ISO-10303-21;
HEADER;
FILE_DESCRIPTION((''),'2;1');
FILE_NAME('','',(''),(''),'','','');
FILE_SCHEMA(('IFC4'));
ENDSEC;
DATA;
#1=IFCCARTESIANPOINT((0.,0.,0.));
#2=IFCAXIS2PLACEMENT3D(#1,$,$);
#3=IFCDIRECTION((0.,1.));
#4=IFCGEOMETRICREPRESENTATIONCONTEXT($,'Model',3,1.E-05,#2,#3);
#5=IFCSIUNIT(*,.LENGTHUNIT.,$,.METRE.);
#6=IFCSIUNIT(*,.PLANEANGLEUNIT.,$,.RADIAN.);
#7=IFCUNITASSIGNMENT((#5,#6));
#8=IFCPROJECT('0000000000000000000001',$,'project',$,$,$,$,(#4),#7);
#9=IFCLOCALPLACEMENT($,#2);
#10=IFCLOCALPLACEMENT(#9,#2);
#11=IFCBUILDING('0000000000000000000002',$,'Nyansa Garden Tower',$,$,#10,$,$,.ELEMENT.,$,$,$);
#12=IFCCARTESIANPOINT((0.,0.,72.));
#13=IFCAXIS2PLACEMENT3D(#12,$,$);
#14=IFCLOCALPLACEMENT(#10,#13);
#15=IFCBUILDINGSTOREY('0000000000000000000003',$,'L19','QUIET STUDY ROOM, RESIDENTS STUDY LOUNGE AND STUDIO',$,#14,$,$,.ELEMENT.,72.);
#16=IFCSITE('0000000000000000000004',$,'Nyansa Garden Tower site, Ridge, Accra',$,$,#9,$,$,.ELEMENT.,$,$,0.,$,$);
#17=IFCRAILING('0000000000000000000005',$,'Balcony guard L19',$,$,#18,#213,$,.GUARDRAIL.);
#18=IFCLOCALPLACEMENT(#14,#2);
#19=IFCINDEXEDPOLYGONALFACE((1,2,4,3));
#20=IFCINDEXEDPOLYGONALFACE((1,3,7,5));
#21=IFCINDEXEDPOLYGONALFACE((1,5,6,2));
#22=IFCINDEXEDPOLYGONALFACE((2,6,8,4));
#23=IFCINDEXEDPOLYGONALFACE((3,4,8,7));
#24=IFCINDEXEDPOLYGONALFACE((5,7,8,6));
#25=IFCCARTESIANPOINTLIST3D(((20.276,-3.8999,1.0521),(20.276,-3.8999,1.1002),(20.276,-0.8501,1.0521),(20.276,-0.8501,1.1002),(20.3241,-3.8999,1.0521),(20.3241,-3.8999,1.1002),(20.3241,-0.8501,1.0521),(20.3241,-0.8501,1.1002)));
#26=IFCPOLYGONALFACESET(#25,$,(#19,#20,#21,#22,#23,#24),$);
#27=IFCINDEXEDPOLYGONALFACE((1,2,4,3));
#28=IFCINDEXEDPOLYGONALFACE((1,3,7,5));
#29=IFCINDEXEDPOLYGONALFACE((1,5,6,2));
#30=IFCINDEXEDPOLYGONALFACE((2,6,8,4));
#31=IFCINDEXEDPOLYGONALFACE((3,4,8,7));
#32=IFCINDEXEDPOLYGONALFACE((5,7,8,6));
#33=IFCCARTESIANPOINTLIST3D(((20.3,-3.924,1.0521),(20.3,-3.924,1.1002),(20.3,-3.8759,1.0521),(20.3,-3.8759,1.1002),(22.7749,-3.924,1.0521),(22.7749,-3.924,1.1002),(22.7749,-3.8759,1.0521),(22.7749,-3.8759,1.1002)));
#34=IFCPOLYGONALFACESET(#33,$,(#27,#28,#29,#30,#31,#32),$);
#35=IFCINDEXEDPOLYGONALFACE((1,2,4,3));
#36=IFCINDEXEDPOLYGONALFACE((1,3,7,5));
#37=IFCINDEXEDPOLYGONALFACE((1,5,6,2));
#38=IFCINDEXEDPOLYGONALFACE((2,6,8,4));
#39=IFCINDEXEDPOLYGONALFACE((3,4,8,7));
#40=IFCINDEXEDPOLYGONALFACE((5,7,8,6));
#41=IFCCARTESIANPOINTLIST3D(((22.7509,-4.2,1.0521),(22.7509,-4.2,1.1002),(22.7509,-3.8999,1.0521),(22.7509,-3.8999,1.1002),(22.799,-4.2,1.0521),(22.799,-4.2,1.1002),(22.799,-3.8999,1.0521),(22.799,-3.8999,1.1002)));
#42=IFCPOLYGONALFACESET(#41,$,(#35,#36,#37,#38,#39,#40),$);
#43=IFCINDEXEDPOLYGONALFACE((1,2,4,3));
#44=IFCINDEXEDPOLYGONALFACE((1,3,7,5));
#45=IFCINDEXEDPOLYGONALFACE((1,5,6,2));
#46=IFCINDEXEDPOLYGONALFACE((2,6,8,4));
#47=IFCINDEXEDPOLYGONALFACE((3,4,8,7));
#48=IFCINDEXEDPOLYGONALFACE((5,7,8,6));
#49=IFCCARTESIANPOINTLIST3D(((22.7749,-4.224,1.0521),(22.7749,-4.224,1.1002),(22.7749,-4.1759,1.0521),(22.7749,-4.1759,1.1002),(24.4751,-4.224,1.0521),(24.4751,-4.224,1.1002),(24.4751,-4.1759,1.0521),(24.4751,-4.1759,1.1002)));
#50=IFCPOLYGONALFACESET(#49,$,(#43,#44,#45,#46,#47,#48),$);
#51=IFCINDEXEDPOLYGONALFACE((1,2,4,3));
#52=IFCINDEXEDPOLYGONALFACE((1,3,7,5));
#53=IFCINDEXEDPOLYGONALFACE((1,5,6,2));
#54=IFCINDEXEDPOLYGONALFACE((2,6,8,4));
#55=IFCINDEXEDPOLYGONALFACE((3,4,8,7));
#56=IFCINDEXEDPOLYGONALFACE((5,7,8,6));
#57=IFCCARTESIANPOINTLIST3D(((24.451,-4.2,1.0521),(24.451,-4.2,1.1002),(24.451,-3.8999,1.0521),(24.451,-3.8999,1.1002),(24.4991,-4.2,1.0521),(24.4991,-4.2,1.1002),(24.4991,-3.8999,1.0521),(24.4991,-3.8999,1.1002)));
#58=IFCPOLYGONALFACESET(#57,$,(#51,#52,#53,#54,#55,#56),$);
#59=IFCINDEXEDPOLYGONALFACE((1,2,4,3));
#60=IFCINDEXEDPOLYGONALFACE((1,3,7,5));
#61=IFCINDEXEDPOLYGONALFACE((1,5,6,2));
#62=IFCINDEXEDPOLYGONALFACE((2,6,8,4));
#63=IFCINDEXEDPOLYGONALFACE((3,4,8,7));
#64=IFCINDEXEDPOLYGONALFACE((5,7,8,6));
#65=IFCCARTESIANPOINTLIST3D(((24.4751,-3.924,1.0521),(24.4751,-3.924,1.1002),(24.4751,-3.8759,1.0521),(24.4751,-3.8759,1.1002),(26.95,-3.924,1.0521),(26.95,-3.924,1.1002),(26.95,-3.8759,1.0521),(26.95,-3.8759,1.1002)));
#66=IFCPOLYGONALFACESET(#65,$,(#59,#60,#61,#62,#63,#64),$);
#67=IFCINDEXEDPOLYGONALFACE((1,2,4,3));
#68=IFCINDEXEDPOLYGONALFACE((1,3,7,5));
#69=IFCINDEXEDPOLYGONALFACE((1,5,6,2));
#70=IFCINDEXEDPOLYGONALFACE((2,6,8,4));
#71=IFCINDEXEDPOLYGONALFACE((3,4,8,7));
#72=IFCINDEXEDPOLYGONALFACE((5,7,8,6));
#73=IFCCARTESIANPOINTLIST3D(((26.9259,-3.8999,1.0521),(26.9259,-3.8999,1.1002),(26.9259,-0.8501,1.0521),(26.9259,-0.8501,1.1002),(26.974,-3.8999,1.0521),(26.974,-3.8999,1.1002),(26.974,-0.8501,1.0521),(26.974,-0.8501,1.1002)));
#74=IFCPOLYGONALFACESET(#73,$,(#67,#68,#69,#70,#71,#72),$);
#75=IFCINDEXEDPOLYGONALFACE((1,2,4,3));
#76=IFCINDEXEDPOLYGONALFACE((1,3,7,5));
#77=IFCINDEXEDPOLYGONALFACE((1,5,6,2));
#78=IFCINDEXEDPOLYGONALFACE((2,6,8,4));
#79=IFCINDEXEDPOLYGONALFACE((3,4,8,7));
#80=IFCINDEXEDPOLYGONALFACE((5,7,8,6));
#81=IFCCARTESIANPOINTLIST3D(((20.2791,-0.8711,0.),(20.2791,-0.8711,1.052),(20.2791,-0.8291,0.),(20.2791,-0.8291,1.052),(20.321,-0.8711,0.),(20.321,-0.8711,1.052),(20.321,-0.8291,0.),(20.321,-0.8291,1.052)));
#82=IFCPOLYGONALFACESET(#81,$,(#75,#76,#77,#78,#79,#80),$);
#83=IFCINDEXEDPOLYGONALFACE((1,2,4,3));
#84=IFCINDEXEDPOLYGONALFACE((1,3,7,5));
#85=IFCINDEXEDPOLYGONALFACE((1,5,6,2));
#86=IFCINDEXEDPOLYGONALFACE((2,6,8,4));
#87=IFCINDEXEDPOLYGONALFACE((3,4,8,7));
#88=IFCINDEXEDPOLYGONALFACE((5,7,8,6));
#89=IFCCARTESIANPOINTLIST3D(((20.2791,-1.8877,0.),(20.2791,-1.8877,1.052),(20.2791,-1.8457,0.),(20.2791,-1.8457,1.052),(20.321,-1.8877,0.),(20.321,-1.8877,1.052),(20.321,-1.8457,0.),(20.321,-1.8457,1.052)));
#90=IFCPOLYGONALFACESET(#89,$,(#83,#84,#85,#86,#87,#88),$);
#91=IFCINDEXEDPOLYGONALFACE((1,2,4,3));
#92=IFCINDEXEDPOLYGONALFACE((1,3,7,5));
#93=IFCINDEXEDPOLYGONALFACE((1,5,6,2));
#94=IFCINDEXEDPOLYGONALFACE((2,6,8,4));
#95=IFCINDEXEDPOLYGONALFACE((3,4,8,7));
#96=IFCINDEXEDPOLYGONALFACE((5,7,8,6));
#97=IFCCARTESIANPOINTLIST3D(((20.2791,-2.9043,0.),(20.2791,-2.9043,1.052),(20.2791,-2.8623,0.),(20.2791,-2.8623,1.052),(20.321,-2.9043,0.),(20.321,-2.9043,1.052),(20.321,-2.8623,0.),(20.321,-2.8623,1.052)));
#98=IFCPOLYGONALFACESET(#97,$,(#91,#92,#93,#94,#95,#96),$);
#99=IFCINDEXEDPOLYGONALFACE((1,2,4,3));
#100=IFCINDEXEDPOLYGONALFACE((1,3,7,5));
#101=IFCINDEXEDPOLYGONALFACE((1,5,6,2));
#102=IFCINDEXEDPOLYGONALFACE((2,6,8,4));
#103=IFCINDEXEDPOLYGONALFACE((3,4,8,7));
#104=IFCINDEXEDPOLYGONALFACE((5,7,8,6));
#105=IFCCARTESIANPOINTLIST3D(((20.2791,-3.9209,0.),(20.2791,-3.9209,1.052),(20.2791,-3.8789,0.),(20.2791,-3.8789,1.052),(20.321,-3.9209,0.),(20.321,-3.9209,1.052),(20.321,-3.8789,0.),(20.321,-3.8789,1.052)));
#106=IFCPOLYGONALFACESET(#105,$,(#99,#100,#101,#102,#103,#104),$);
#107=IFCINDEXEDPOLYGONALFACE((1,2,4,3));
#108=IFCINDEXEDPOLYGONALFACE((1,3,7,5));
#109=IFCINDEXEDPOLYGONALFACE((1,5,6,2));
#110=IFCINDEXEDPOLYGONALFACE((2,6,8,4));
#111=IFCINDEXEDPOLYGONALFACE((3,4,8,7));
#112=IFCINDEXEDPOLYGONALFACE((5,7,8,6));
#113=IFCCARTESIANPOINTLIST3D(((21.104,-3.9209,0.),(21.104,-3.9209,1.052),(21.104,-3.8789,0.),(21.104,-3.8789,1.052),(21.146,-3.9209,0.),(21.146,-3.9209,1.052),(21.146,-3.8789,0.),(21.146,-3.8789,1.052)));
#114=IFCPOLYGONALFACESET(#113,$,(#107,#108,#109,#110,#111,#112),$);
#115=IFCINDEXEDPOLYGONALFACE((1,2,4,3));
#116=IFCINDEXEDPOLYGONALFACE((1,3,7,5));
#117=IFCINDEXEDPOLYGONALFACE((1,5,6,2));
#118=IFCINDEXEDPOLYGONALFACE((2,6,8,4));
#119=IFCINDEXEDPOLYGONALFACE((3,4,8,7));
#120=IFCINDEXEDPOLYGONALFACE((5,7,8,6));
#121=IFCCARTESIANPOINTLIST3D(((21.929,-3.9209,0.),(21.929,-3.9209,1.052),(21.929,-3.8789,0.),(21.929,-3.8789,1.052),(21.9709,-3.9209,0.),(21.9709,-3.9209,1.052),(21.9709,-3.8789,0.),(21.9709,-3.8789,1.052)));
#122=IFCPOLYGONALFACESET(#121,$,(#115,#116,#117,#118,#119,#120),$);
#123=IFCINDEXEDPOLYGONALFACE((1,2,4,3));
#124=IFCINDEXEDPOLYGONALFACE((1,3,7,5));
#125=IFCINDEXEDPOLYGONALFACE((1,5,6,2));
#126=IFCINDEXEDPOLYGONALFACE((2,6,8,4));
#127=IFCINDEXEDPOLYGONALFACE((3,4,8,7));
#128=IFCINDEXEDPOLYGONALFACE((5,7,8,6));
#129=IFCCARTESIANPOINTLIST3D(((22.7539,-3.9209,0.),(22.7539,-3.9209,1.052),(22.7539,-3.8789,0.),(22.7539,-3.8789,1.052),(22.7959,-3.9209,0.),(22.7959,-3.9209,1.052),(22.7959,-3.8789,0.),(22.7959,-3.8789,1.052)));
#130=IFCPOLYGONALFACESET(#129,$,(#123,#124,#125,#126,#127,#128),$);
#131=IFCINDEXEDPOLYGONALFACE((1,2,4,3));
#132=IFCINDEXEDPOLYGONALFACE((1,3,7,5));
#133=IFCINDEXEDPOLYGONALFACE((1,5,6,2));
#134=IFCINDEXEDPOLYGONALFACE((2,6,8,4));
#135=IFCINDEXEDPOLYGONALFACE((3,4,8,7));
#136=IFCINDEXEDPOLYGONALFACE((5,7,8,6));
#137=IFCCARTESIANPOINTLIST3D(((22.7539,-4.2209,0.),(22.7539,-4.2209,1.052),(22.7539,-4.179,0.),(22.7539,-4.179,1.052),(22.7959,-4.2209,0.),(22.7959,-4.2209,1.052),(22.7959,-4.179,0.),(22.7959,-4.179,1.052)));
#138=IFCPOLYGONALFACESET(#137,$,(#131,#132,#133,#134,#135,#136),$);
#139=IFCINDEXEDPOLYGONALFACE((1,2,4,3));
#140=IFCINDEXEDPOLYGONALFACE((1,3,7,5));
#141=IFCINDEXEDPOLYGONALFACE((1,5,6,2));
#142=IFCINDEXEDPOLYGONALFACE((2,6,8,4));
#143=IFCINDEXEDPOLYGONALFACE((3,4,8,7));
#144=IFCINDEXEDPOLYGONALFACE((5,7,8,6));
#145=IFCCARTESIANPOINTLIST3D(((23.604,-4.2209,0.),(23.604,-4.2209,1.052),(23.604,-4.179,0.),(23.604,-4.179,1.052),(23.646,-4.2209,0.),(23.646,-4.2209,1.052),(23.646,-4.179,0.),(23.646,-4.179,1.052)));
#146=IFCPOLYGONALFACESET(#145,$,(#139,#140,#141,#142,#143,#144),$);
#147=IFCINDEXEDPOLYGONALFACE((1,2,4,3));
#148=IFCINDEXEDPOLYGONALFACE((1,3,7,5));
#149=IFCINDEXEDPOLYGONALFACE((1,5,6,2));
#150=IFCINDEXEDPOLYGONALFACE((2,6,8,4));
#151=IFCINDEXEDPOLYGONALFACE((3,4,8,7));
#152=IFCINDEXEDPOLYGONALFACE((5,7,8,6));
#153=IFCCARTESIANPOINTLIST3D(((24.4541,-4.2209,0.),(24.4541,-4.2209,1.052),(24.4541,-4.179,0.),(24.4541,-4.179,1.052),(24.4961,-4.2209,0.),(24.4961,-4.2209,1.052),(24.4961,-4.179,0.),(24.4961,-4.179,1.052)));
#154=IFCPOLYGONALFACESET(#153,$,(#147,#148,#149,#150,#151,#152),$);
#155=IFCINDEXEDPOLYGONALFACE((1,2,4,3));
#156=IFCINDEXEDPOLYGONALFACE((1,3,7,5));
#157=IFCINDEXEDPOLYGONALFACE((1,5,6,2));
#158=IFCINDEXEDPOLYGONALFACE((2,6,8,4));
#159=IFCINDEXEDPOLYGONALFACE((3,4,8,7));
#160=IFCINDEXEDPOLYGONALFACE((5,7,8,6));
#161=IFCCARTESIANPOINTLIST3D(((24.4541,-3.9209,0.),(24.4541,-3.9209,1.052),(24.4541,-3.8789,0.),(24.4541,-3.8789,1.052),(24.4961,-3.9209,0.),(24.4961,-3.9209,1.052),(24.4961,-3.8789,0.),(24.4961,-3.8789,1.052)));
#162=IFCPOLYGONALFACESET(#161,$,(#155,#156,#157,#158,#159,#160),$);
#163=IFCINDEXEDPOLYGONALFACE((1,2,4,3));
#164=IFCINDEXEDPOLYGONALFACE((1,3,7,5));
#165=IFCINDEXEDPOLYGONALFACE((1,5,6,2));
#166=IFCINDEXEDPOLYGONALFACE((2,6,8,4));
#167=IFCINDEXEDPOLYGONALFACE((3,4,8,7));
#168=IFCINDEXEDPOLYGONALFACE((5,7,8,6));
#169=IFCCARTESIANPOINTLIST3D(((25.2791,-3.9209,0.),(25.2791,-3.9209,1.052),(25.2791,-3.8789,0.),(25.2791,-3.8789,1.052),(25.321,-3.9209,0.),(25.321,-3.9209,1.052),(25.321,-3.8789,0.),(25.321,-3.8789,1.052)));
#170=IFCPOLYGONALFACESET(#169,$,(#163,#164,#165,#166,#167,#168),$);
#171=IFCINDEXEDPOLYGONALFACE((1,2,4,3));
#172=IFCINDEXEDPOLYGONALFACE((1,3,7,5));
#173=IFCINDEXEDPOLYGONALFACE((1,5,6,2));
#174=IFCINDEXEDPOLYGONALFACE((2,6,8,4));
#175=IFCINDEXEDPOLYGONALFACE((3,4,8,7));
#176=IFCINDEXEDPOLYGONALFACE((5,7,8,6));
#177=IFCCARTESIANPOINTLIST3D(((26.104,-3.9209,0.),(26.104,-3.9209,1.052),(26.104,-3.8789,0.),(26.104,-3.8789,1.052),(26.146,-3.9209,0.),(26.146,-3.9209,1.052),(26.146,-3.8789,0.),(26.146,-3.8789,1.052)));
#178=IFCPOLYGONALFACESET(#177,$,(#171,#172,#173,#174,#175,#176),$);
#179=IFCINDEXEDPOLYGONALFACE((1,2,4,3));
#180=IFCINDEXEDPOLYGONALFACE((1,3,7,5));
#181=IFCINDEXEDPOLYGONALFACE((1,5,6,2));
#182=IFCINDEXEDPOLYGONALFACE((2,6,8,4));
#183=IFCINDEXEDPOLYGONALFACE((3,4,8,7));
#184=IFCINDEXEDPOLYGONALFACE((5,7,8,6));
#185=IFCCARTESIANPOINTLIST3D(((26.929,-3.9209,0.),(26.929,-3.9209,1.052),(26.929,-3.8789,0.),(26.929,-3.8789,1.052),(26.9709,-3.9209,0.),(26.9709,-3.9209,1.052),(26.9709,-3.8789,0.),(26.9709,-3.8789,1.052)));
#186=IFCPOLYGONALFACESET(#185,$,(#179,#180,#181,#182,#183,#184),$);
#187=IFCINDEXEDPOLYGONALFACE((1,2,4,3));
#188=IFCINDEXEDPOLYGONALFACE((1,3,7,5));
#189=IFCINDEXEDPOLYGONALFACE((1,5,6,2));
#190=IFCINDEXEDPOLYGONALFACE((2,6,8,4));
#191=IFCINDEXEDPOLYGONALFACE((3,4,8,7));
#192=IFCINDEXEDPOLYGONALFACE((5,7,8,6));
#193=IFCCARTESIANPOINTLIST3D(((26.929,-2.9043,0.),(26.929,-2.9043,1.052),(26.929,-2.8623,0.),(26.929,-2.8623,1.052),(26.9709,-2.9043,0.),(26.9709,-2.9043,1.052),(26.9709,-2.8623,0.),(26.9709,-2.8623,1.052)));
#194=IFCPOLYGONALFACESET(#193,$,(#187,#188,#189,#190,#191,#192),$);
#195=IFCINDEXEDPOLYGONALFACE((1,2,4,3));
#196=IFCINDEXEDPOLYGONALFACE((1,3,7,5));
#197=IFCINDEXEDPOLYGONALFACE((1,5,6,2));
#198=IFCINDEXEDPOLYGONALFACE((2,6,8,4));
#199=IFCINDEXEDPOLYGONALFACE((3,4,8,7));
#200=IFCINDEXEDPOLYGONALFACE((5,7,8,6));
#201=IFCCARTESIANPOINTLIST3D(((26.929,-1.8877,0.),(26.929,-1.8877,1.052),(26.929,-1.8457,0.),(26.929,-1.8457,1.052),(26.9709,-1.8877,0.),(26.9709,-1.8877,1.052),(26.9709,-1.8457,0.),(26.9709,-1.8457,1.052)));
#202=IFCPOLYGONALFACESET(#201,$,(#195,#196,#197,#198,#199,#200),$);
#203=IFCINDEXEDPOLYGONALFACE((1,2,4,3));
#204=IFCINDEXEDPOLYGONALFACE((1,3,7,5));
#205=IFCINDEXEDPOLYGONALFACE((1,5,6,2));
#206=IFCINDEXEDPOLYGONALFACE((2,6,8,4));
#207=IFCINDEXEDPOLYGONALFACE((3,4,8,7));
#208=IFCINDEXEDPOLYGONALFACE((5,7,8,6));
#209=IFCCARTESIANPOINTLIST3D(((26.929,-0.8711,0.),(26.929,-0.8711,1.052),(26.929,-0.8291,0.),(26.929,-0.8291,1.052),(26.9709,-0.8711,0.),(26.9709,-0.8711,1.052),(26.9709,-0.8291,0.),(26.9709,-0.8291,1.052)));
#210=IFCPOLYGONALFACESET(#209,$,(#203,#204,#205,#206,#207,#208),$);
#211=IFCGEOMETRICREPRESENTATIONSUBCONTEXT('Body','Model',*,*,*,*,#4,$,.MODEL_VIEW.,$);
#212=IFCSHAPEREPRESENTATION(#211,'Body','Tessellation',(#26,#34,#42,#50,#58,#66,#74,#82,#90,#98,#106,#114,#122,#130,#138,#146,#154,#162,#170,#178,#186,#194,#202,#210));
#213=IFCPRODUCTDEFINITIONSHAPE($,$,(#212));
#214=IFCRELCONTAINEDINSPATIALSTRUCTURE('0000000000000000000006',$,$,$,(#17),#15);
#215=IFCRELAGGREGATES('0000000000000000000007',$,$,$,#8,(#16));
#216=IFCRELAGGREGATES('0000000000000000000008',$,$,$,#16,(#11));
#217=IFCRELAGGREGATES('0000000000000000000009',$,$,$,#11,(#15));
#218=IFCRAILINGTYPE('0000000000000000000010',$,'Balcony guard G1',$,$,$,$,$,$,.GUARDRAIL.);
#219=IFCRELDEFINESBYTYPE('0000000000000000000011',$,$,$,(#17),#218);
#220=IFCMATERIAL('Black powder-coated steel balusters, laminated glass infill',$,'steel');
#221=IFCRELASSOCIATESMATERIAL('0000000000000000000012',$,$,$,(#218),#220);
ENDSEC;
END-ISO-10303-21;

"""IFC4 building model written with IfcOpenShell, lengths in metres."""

from ifc_helpers import new_model, si_unit, direction, frame, origin, origin_2d, place, context, subcontext, project, spatial, rectangle, extrude, material, type_object, element, save


model = new_model("IFC4")

# Units and contexts
model_context = context("Model", 3, precision=1e-05, world=origin(), true_north=direction((0.0, 1.0)))
body_context = subcontext(model_context, "Body", "Model", "MODEL_VIEW")
ifc_project = project(units=[si_unit("LENGTHUNIT", "METRE"), si_unit("PLANEANGLEUNIT", "RADIAN")], contexts=[model_context])

# Site, building, storey
site_placement = place(None, origin())
site = spatial("IfcSite", under=ifc_project, at=site_placement, Name="Nyansa Garden Tower site, Ridge, Accra", CompositionType="ELEMENT", RefElevation=0.0)
building_placement = place(site_placement, origin())
building = spatial("IfcBuilding", under=site, at=building_placement, Name="Nyansa Garden Tower", CompositionType="ELEMENT")
storey_placement = place(building_placement, frame((0.0, 0.0, 72.0)))
storey = spatial("IfcBuildingStorey", under=building, at=storey_placement, Name="L19", Description="QUIET STUDY ROOM, RESIDENTS STUDY LOUNGE AND STUDIO", CompositionType="ELEMENT", Elevation=72.0)

# Railing
ifc_material_1 = material(Name="Black powder-coated steel balusters, laminated glass infill", Category="steel")
railing_type = type_object("IfcRailingType", Name="Balcony guard G1", PredefinedType="GUARDRAIL", material=ifc_material_1)
railing_placement = place(storey_placement, frame((20.3, -0.8501, 0.0)))
element("IfcRailing", 1, at=railing_placement, inside=storey, type_object=railing_type, Name="Balcony guard L19", PredefinedType="GUARDRAIL", context=body_context, shape_type="SweptSolid", body=[
    extrude(rectangle(XDim=0.0481, YDim=0.0481, at=origin_2d()), frame((0.0, 0.0, 1.0762), z_axis=(0.0, -1.0, 0.0), x_axis=(1.0, 0.0, 0.0)), (0.0, 0.0, 1.0), 3.0498),
    extrude(rectangle(XDim=0.0481, YDim=0.0481, at=origin_2d()), frame((0.0, -3.0498, 1.0762), z_axis=(1.0, 0.0, 0.0), x_axis=(0.0, 1.0, 0.0)), (0.0, 0.0, 1.0), 2.4749),
    extrude(rectangle(XDim=0.0481, YDim=0.0481, at=origin_2d()), frame((2.4749, -3.0498, 1.0762), z_axis=(0.0, -1.0, 0.0), x_axis=(1.0, 0.0, 0.0)), (0.0, 0.0, 1.0), 0.3),
    extrude(rectangle(XDim=0.0481, YDim=0.0481, at=origin_2d()), frame((2.4749, -3.3499, 1.0762), z_axis=(1.0, 0.0, 0.0), x_axis=(0.0, 1.0, 0.0)), (0.0, 0.0, 1.0), 1.7002),
    extrude(rectangle(XDim=0.0481, YDim=0.0481, at=origin_2d()), frame((4.175, -3.3499, 1.0762), z_axis=(0.0, 1.0, 0.0), x_axis=(-1.0, 0.0, 0.0)), (0.0, 0.0, 1.0), 0.3),
    extrude(rectangle(XDim=0.0481, YDim=0.0481, at=origin_2d()), frame((4.175, -3.0498, 1.0762), z_axis=(1.0, 0.0, 0.0), x_axis=(0.0, 1.0, 0.0)), (0.0, 0.0, 1.0), 2.4749),
    extrude(rectangle(XDim=0.0481, YDim=0.0481, at=origin_2d()), frame((6.6499, -3.0498, 1.0762), z_axis=(0.0, 1.0, 0.0), x_axis=(-1.0, 0.0, 0.0)), (0.0, 0.0, 1.0), 3.0498),
    extrude(rectangle(XDim=0.042, YDim=0.042, at=origin_2d()), origin(), (0.0, 0.0, 1.0), 1.052),
    extrude(rectangle(XDim=0.042, YDim=0.042, at=origin_2d()), frame((0.0, -1.0166, 0.0)), (0.0, 0.0, 1.0), 1.052),
    extrude(rectangle(XDim=0.042, YDim=0.042, at=origin_2d()), frame((0.0, -2.0332, 0.0)), (0.0, 0.0, 1.0), 1.052),
    extrude(rectangle(XDim=0.042, YDim=0.042, at=origin_2d()), frame((0.0, -3.0498, 0.0)), (0.0, 0.0, 1.0), 1.052),
    extrude(rectangle(XDim=0.042, YDim=0.042, at=origin_2d()), frame((0.825, -3.0498, 0.0)), (0.0, 0.0, 1.0), 1.052),
    extrude(rectangle(XDim=0.042, YDim=0.042, at=origin_2d()), frame((1.6499, -3.0498, 0.0)), (0.0, 0.0, 1.0), 1.052),
    extrude(rectangle(XDim=0.042, YDim=0.042, at=origin_2d()), frame((2.4749, -3.0498, 0.0)), (0.0, 0.0, 1.0), 1.052),
    extrude(rectangle(XDim=0.042, YDim=0.042, at=origin_2d()), frame((2.4749, -3.3499, 0.0)), (0.0, 0.0, 1.0), 1.052),
    extrude(rectangle(XDim=0.042, YDim=0.042, at=origin_2d()), frame((3.325, -3.3499, 0.0)), (0.0, 0.0, 1.0), 1.052),
    extrude(rectangle(XDim=0.042, YDim=0.042, at=origin_2d()), frame((4.175, -3.3499, 0.0)), (0.0, 0.0, 1.0), 1.052),
    extrude(rectangle(XDim=0.042, YDim=0.042, at=origin_2d()), frame((4.175, -3.0498, 0.0)), (0.0, 0.0, 1.0), 1.052),
    extrude(rectangle(XDim=0.042, YDim=0.042, at=origin_2d()), frame((5.0, -3.0498, 0.0)), (0.0, 0.0, 1.0), 1.052),
    extrude(rectangle(XDim=0.042, YDim=0.042, at=origin_2d()), frame((5.825, -3.0498, 0.0)), (0.0, 0.0, 1.0), 1.052),
    extrude(rectangle(XDim=0.042, YDim=0.042, at=origin_2d()), frame((6.6499, -3.0498, 0.0)), (0.0, 0.0, 1.0), 1.052),
    extrude(rectangle(XDim=0.042, YDim=0.042, at=origin_2d()), frame((6.6499, -2.0332, 0.0)), (0.0, 0.0, 1.0), 1.052),
    extrude(rectangle(XDim=0.042, YDim=0.042, at=origin_2d()), frame((6.6499, -1.0166, 0.0)), (0.0, 0.0, 1.0), 1.052),
    extrude(rectangle(XDim=0.042, YDim=0.042, at=origin_2d()), frame((6.6499, 0.0, 0.0)), (0.0, 0.0, 1.0), 1.052),
])

save(model, "model.ifc")
